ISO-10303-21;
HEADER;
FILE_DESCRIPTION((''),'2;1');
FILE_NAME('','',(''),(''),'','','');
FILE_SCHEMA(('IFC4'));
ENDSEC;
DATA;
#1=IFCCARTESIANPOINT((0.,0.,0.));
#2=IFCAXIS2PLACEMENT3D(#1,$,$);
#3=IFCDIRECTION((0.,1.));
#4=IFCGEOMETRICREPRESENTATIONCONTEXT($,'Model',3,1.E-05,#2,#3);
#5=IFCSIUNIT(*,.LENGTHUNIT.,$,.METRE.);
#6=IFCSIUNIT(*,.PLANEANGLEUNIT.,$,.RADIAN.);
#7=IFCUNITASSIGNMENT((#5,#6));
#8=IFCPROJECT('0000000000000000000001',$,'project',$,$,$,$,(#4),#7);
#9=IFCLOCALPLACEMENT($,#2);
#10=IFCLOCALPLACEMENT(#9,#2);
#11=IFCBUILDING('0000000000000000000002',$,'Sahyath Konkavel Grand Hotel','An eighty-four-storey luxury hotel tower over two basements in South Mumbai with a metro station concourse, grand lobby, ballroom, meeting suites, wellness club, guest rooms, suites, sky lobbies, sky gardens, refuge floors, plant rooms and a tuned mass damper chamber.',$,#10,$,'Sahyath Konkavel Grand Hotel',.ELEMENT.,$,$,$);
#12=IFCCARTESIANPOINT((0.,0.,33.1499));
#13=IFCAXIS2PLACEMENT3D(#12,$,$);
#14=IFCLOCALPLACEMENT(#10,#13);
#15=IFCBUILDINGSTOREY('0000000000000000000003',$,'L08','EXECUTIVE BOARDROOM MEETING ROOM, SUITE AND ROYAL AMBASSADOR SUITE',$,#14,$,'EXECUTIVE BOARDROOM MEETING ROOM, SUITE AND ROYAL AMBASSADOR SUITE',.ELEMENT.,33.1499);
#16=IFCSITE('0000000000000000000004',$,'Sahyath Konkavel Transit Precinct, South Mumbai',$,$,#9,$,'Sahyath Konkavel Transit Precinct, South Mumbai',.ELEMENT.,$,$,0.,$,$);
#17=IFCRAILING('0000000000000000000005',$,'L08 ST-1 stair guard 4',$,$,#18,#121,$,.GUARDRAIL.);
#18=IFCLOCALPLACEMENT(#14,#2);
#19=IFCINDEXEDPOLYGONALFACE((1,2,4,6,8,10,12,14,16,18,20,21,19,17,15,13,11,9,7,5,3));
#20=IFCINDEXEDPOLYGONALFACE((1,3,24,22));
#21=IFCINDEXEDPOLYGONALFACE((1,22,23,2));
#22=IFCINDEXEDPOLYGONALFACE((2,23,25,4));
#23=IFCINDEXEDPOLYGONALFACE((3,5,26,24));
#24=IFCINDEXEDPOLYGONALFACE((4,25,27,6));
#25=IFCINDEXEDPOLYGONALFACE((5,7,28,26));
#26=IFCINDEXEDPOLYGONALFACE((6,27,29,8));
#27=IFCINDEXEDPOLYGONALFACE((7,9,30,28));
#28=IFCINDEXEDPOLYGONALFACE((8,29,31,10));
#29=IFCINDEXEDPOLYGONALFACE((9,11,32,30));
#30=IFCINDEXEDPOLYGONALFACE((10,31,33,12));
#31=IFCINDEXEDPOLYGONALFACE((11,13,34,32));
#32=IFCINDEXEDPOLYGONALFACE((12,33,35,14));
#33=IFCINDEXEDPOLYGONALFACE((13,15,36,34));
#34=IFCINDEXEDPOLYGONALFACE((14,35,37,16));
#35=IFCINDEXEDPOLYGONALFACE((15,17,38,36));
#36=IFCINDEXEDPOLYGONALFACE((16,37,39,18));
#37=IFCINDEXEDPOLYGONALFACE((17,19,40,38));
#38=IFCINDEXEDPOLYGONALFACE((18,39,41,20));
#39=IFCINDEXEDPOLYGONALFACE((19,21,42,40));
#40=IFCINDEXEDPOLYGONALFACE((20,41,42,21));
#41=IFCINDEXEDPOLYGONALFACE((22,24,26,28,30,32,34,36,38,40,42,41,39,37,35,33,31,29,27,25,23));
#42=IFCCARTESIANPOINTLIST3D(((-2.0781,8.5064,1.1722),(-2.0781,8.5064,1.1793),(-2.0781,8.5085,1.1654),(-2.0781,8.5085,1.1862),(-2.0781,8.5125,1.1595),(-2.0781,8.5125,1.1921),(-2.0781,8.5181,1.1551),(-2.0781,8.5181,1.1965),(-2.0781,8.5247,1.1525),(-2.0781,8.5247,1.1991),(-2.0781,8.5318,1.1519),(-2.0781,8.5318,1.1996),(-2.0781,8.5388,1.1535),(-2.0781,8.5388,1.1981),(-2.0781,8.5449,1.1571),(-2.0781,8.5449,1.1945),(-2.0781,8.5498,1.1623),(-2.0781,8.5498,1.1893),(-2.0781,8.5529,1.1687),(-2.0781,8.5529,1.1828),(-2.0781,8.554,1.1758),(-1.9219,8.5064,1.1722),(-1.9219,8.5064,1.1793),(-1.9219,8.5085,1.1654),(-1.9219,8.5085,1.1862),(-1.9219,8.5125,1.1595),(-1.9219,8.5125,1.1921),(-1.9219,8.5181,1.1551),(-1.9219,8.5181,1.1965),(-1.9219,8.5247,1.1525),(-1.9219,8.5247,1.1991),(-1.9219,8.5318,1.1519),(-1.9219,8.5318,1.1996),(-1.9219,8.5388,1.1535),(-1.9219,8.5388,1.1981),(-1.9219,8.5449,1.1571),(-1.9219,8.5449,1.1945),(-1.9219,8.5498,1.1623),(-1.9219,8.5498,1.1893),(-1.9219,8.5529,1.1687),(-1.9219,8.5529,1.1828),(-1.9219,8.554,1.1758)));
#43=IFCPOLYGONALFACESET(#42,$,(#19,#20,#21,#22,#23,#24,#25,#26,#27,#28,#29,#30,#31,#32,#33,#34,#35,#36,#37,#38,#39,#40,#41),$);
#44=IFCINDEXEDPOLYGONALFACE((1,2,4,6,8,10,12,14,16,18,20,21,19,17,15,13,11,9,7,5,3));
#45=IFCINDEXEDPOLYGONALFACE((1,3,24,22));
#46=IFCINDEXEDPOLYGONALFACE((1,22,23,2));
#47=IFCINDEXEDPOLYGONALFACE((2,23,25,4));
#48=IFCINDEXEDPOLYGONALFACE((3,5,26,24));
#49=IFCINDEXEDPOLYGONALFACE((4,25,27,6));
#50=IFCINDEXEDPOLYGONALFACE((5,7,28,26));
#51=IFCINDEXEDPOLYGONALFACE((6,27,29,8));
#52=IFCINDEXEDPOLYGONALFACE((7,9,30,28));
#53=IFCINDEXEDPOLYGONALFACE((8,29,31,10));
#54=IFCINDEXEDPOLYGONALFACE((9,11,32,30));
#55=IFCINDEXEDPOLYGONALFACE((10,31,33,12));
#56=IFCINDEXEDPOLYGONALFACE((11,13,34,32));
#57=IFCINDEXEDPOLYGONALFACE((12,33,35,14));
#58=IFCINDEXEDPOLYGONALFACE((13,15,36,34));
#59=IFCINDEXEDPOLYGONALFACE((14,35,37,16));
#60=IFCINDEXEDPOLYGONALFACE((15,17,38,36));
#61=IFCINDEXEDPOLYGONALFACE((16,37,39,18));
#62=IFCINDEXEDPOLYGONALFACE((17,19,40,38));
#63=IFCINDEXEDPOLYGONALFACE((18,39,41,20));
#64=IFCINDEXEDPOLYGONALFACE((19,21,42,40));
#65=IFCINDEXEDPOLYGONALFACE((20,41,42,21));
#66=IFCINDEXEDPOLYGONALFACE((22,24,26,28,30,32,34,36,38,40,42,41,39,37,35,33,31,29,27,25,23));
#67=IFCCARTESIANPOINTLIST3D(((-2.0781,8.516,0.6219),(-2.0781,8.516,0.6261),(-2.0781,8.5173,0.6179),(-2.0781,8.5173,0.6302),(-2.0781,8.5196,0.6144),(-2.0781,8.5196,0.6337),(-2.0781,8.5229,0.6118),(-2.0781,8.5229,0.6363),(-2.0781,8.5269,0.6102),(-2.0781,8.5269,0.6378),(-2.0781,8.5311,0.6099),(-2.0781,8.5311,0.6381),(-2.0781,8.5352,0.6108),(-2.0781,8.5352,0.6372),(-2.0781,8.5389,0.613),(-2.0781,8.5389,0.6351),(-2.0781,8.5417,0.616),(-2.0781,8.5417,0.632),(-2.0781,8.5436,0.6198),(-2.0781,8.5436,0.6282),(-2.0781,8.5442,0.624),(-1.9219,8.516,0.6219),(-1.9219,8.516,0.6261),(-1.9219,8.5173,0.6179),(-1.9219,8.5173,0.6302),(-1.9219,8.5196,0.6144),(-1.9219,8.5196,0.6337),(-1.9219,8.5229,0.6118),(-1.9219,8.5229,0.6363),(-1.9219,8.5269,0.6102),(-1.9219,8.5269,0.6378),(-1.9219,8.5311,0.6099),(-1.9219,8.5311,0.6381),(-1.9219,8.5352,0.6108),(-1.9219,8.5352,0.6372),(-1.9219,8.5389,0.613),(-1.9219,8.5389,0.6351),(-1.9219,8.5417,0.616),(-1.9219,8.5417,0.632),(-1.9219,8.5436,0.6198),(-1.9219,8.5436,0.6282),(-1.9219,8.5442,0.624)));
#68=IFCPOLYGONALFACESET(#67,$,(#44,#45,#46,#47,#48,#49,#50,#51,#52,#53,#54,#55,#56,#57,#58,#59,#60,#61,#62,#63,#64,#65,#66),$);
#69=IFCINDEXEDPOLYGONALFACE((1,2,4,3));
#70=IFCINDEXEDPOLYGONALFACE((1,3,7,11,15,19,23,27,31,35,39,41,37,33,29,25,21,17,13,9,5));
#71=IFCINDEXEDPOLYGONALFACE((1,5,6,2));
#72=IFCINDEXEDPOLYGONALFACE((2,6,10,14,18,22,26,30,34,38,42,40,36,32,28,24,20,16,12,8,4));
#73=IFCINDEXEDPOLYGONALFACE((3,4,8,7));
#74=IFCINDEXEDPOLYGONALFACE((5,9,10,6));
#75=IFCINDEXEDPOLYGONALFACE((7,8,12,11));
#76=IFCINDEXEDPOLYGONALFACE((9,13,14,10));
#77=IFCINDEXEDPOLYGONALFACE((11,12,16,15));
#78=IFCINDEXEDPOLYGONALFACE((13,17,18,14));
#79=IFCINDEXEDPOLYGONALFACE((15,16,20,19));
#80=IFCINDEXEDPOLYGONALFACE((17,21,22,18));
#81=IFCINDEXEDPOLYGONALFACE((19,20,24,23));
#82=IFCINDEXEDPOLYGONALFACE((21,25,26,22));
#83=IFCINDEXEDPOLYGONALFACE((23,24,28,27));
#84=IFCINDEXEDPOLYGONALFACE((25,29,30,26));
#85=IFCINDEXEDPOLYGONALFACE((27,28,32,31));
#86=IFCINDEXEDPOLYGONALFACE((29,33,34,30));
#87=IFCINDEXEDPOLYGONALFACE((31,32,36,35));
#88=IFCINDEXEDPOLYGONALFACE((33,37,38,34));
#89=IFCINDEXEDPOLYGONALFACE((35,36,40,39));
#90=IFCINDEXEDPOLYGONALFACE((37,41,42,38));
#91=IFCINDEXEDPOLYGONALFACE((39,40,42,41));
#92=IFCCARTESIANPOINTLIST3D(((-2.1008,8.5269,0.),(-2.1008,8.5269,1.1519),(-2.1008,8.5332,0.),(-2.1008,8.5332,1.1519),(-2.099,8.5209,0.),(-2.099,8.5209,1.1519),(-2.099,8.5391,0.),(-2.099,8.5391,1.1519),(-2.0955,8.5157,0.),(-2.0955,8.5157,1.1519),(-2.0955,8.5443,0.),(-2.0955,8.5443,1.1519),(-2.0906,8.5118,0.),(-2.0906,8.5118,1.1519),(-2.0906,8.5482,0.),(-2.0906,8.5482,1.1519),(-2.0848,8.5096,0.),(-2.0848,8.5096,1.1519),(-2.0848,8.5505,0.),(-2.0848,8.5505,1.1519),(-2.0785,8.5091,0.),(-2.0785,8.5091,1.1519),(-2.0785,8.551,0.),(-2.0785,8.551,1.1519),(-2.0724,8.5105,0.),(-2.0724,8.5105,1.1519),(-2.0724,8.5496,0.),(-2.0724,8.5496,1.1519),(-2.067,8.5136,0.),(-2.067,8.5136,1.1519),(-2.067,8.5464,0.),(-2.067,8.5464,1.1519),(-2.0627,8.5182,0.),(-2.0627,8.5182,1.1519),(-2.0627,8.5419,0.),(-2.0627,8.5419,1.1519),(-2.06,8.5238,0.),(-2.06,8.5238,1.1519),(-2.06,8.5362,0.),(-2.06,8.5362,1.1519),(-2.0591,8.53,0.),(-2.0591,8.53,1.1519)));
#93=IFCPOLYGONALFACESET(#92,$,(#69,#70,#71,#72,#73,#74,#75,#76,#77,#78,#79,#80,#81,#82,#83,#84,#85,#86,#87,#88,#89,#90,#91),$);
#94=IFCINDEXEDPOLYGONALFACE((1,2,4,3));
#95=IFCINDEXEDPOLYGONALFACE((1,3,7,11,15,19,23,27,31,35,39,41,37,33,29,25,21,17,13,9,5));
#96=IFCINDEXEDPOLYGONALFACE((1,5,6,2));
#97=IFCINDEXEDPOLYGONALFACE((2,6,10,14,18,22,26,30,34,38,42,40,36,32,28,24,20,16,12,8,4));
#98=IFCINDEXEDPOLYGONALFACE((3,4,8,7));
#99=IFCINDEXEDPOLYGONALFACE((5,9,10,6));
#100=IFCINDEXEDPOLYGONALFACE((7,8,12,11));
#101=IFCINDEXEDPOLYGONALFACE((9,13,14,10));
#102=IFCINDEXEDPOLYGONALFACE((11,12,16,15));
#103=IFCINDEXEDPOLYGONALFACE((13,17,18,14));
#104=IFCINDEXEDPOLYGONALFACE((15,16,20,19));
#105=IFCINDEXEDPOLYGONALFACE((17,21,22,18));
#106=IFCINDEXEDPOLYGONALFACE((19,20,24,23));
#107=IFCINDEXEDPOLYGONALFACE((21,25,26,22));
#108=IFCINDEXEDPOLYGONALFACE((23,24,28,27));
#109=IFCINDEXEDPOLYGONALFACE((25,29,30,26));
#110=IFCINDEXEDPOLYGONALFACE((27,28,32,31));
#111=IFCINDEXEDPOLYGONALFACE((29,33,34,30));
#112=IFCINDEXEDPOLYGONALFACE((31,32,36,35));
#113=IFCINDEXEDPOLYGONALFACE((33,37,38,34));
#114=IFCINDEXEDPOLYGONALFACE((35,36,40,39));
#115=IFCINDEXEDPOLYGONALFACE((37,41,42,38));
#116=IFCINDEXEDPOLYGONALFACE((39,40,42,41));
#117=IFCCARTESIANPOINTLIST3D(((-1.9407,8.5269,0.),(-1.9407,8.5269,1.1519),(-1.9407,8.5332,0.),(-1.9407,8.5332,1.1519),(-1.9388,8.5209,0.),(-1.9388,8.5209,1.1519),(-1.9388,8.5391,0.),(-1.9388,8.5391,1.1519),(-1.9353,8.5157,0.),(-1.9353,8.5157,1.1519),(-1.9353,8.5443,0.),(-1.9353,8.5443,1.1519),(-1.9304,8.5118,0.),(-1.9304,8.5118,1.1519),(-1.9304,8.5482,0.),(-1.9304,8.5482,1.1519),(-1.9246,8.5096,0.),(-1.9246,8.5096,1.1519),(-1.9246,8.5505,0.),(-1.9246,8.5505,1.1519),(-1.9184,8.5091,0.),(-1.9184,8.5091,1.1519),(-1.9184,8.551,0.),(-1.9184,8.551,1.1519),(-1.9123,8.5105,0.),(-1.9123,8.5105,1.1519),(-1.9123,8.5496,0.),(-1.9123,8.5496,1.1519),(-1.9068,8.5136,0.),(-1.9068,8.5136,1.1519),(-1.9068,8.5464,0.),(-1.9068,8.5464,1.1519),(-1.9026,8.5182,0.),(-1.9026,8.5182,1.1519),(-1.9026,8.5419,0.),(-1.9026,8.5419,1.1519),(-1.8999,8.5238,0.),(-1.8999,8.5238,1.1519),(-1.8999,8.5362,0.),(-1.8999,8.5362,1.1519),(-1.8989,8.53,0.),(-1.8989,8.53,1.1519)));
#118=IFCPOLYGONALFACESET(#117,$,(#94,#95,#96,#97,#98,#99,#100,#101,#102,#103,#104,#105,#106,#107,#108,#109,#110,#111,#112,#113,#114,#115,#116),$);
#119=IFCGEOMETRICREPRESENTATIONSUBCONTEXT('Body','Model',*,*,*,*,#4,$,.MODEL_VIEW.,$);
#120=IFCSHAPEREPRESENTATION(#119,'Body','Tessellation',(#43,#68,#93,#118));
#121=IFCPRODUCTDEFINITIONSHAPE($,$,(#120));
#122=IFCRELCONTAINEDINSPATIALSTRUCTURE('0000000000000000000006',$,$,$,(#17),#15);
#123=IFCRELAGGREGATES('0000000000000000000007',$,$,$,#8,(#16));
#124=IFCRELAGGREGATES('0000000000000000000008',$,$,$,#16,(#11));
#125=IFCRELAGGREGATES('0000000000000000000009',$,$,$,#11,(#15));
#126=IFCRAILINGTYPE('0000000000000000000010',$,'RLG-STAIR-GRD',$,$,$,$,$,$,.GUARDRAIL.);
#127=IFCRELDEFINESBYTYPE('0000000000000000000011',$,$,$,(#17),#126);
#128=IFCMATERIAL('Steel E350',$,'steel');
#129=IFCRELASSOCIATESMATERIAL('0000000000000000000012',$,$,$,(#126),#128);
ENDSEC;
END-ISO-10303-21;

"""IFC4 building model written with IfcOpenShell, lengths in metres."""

from ifc_helpers import new_model, si_unit, direction, frame, origin, origin_2d, place, context, subcontext, project, spatial, circle, extrude, material, type_object, element, save


model = new_model("IFC4")

# Units and contexts
model_context = context("Model", 3, precision=1e-05, world=origin(), true_north=direction((0.0, 1.0)))
body_context = subcontext(model_context, "Body", "Model", "MODEL_VIEW")
ifc_project = project(units=[si_unit("LENGTHUNIT", "METRE"), si_unit("PLANEANGLEUNIT", "RADIAN")], contexts=[model_context])

# Site, building, storey
site_placement = place(None, origin())
site = spatial("IfcSite", under=ifc_project, at=site_placement, Name="Sahyath Konkavel Transit Precinct, South Mumbai", LongName="Sahyath Konkavel Transit Precinct, South Mumbai", CompositionType="ELEMENT", RefElevation=0.0)
building_placement = place(site_placement, origin())
building = spatial("IfcBuilding", under=site, at=building_placement, Name="Sahyath Konkavel Grand Hotel", Description="An eighty-four-storey luxury hotel tower over two basements in South Mumbai with a metro station concourse, grand lobby, ballroom, meeting suites, wellness club, guest rooms, suites, sky lobbies, sky gardens, refuge floors, plant rooms and a tuned mass damper chamber.", LongName="Sahyath Konkavel Grand Hotel", CompositionType="ELEMENT")
storey_placement = place(building_placement, frame((0.0, 0.0, 33.1499)))
storey = spatial("IfcBuildingStorey", under=building, at=storey_placement, Name="L08", Description="EXECUTIVE BOARDROOM MEETING ROOM, SUITE AND ROYAL AMBASSADOR SUITE", LongName="EXECUTIVE BOARDROOM MEETING ROOM, SUITE AND ROYAL AMBASSADOR SUITE", CompositionType="ELEMENT", Elevation=33.1499)

# Shared definitions
ifc_material_1 = material(Name="Steel E350", Category="steel")

# Railing
railing_type_1 = type_object("IfcRailingType", Name="RLG-STAIR-GRD", PredefinedType="GUARDRAIL", material=ifc_material_1)
railing_1_placement = place(storey_placement, frame((-2.0801, 8.53, 0.0)))
element("IfcRailing", 1, at=railing_1_placement, inside=storey, type_object=railing_type_1, Name="L08 ST-1 stair guard 4", PredefinedType="GUARDRAIL", context=body_context, shape_type="SweptSolid", body=[
    extrude(circle(Radius=0.0239, at=origin_2d()), frame((0.002, 0.0, 1.1758), z_axis=(1.0, 0.0, 0.0), x_axis=(0.0, 1.0, 0.0)), (0.0, 0.0, 1.0), 0.1562),
    extrude(circle(Radius=0.0142, at=origin_2d()), frame((0.002, 0.0, 0.624), z_axis=(1.0, 0.0, 0.0), x_axis=(0.0, 1.0, 0.0)), (0.0, 0.0, 1.0), 0.1562),
    extrude(circle(Radius=0.021, at=origin_2d()), origin(), (0.0, 0.0, 1.0), 1.1519),
    extrude(circle(Radius=0.021, at=origin_2d()), frame((0.1602, 0.0, 0.0)), (0.0, 0.0, 1.0), 1.1519),
])

save(model, "model.ifc")
